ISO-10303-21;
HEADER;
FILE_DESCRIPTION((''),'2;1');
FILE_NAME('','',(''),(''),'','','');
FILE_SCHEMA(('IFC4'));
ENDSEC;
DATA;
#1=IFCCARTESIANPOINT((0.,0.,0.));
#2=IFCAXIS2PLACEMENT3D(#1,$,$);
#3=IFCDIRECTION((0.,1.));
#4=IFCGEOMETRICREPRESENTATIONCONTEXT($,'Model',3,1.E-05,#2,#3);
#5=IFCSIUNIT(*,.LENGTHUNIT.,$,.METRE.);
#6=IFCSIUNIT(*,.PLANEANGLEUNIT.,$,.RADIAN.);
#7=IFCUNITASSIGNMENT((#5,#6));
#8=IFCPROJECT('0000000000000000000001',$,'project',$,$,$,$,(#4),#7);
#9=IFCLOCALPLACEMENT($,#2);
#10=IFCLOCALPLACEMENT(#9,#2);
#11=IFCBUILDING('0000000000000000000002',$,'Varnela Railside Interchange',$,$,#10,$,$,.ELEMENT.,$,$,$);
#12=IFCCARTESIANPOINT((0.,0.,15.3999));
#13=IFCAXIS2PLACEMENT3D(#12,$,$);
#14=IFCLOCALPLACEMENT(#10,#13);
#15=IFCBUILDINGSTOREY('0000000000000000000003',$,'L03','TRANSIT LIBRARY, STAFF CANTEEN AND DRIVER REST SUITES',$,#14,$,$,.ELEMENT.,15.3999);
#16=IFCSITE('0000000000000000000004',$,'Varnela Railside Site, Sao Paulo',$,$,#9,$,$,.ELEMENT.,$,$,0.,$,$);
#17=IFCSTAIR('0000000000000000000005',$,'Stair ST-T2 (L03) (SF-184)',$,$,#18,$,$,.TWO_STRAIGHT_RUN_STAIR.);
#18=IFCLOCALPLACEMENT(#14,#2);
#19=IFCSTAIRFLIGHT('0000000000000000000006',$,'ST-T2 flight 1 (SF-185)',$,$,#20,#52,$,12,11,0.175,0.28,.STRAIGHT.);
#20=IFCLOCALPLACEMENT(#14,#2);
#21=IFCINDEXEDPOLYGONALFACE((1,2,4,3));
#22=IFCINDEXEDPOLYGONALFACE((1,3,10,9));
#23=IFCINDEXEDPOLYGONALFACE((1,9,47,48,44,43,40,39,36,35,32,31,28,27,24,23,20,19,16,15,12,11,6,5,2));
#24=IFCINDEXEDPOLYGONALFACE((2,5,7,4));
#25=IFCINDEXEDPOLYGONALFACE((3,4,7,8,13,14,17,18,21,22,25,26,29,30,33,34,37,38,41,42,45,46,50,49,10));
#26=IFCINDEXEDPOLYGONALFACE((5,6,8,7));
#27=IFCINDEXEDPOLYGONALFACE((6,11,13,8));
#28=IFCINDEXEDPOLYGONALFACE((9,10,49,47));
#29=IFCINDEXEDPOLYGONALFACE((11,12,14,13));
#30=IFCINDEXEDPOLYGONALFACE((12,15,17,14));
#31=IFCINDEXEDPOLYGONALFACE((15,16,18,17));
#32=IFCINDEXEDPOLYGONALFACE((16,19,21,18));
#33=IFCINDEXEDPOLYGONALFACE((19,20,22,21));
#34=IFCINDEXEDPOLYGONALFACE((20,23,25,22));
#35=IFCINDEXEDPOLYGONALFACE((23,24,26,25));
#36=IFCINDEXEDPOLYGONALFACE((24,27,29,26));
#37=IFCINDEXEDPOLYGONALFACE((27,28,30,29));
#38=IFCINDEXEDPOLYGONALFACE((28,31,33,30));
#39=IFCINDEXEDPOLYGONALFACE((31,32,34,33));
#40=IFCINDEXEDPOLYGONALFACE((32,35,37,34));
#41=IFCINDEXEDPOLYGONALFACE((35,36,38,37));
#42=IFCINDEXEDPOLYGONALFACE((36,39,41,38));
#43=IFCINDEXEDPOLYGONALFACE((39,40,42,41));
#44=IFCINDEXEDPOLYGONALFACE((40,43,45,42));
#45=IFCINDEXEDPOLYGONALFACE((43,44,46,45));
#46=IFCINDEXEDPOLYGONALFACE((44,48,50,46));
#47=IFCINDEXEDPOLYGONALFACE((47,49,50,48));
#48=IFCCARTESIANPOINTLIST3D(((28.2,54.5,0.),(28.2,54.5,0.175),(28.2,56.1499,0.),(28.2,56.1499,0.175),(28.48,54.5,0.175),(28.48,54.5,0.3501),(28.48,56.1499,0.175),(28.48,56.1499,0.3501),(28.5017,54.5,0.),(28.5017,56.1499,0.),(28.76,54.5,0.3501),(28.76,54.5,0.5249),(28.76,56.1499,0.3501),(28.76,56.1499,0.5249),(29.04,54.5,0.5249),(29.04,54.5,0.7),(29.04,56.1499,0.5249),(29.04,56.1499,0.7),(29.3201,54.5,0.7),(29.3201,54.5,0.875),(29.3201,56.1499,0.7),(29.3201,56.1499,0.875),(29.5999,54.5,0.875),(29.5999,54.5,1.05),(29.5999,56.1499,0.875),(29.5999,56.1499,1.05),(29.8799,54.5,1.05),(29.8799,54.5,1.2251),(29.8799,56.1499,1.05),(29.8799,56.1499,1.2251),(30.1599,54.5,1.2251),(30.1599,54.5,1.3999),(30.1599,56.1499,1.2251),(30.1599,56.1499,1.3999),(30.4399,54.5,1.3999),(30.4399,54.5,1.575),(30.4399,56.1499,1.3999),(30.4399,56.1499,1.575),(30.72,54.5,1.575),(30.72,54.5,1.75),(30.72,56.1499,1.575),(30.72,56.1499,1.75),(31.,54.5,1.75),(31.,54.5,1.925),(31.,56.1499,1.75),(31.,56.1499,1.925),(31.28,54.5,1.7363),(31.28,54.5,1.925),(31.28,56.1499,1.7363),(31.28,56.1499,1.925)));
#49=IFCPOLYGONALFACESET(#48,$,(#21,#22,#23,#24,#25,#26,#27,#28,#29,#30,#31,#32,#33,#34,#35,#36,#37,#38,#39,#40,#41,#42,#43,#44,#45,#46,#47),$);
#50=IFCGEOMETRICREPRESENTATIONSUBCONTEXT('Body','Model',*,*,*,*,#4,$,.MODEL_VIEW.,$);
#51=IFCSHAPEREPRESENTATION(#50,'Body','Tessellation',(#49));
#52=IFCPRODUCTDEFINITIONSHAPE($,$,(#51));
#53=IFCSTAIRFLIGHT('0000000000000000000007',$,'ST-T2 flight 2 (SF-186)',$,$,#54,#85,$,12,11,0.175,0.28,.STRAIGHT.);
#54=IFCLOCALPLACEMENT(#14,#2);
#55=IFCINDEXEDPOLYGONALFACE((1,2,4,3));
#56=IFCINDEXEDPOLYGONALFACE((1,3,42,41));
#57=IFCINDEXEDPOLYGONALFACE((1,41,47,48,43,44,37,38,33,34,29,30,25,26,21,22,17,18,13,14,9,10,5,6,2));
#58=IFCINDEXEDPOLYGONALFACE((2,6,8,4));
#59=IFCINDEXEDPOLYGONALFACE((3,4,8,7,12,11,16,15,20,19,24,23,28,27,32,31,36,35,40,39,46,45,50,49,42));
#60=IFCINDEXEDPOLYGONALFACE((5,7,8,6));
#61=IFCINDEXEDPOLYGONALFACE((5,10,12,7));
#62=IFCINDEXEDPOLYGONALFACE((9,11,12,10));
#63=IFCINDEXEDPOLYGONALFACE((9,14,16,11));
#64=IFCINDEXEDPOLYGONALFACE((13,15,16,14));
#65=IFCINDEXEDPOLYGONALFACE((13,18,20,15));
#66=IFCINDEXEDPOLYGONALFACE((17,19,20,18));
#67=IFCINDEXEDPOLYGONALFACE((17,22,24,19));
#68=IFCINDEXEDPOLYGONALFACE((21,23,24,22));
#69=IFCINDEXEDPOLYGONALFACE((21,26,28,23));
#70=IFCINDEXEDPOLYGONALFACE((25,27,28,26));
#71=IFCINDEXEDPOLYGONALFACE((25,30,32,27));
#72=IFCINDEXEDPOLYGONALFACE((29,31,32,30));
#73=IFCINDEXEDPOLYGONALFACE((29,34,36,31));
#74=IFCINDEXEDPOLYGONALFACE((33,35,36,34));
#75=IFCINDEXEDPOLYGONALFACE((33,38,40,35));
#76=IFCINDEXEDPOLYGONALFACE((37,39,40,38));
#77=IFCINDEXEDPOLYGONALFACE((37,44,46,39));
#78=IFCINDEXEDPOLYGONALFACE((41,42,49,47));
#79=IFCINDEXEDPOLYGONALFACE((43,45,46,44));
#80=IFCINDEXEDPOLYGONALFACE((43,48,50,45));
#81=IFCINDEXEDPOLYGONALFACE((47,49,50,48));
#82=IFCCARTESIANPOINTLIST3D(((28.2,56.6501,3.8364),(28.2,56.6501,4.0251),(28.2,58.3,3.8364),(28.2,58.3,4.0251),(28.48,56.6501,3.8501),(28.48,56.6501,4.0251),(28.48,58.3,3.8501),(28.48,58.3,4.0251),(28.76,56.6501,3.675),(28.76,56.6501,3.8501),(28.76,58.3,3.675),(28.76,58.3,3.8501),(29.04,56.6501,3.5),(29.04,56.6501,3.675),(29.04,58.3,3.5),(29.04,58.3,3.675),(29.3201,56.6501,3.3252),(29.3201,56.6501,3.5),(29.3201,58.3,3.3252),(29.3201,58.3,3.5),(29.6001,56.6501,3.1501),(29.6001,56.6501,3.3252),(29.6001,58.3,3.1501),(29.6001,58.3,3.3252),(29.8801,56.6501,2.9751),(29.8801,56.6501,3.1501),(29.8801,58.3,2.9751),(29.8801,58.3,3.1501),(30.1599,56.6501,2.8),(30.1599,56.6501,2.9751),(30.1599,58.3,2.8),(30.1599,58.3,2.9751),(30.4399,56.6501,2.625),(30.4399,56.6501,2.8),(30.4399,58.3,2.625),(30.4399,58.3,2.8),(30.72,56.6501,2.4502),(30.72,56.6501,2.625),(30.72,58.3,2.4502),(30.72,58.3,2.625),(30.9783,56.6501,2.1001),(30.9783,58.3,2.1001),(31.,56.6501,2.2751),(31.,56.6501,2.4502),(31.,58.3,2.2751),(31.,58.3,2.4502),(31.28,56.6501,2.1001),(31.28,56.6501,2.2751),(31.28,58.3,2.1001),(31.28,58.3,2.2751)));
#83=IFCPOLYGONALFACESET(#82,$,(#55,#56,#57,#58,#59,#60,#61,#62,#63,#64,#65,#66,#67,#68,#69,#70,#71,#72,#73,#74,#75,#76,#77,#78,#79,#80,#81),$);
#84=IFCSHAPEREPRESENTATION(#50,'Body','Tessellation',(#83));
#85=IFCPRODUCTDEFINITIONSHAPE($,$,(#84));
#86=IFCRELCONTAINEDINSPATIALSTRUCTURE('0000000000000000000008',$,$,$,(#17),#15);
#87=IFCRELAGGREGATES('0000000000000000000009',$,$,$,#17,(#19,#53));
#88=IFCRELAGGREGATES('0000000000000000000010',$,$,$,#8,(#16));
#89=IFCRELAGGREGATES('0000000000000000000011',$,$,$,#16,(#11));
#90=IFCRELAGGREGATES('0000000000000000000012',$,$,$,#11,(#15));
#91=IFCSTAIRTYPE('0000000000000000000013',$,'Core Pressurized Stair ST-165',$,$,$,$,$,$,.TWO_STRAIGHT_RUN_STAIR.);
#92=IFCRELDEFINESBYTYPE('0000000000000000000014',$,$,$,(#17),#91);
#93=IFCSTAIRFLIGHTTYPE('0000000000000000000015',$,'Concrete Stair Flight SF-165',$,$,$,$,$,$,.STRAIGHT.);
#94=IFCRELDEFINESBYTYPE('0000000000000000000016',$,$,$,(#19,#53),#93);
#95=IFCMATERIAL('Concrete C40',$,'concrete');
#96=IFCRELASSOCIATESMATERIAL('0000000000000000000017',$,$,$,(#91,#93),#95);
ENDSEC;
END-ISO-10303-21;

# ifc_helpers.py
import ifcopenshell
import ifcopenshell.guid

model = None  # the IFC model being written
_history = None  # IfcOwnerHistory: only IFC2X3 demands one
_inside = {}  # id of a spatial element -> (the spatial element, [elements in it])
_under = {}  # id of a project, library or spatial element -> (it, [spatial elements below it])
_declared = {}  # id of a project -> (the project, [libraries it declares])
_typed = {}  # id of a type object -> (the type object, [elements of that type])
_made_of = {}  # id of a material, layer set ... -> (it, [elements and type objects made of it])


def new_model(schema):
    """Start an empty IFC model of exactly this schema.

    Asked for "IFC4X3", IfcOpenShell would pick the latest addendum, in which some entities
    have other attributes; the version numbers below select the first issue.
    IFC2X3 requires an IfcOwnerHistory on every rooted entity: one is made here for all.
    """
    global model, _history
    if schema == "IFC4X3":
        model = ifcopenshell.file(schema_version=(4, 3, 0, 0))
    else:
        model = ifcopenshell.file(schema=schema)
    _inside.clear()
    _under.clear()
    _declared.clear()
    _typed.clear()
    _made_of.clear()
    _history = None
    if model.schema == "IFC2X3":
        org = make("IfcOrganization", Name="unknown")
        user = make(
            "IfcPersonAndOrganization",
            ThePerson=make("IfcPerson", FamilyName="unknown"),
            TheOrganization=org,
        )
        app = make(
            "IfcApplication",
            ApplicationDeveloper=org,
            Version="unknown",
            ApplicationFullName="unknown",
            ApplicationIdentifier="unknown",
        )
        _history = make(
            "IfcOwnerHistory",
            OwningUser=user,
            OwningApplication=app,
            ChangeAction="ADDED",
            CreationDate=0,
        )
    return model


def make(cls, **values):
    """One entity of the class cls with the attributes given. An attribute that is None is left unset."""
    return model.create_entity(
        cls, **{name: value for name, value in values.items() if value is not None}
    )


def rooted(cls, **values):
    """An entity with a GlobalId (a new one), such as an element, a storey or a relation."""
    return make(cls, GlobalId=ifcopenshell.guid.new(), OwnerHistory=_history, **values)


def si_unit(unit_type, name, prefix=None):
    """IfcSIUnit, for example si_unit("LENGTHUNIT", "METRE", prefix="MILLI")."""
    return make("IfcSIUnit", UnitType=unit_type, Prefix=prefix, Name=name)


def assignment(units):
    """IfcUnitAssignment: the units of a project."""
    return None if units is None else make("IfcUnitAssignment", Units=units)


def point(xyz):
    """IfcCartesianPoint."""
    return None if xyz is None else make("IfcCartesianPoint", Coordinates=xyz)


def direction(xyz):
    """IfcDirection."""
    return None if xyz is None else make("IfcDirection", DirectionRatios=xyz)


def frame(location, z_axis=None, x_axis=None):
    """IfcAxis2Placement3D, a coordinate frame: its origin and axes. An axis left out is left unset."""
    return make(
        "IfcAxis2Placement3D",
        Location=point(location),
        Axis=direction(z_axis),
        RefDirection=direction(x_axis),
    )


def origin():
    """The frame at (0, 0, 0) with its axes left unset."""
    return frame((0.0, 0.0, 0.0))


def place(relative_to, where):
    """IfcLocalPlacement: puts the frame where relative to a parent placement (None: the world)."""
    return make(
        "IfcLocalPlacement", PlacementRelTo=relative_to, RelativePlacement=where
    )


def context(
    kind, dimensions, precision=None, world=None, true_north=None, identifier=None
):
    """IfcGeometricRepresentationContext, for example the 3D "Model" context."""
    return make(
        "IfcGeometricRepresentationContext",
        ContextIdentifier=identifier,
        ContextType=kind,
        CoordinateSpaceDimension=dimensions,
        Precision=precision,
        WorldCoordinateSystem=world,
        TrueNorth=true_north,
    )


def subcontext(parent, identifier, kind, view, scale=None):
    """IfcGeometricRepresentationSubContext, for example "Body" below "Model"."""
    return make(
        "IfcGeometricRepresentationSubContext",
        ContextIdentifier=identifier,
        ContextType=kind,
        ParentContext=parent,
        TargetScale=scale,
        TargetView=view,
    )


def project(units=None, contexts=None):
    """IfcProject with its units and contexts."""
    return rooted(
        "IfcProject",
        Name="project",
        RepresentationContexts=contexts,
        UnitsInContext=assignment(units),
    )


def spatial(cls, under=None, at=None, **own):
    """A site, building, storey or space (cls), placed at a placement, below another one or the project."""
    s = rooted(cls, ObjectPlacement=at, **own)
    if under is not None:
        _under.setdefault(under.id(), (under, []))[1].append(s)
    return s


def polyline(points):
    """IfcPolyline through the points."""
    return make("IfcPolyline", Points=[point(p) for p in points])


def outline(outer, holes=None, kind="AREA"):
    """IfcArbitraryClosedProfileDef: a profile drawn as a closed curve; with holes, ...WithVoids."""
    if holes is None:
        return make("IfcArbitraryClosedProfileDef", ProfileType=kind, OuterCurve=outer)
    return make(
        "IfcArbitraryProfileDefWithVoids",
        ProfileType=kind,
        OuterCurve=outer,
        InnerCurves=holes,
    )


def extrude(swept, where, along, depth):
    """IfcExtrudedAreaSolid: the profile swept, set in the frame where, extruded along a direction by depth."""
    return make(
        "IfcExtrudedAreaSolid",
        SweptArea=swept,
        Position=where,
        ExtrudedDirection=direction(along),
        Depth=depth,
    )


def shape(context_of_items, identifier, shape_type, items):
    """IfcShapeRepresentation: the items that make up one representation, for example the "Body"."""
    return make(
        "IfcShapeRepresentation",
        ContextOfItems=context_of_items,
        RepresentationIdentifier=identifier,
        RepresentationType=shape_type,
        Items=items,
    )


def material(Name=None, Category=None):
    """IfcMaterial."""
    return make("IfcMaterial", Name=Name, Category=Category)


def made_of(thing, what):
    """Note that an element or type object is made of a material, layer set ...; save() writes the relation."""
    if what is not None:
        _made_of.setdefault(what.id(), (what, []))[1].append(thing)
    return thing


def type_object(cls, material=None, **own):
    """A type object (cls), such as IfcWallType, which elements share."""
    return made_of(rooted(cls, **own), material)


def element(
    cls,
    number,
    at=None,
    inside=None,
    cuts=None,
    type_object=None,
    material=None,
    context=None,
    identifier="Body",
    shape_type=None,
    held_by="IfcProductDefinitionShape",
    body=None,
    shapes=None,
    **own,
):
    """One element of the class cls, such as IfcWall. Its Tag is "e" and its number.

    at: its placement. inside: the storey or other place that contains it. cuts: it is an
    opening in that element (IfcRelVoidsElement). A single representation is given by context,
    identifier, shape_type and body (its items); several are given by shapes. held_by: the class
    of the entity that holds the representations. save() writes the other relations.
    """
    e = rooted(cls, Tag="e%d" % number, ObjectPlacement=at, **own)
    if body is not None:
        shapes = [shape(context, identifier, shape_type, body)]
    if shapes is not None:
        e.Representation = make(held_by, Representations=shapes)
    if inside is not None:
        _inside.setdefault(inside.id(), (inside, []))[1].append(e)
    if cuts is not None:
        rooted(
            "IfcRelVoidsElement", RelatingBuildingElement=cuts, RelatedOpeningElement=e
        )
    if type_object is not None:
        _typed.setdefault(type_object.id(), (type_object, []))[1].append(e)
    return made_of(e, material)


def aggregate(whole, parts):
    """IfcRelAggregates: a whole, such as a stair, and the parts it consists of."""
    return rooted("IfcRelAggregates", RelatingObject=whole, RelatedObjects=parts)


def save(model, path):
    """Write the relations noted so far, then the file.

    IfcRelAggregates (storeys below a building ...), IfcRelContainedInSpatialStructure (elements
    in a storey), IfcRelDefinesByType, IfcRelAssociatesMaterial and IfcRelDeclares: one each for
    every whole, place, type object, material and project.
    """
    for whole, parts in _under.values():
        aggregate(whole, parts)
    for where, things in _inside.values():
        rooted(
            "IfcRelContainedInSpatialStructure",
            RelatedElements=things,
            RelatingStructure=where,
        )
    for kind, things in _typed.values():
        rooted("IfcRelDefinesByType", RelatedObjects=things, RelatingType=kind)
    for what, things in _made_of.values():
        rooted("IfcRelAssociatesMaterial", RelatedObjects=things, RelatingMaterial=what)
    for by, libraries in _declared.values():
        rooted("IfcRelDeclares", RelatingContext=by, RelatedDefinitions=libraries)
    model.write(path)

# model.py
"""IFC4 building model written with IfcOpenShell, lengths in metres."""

from ifc_helpers import new_model, si_unit, direction, frame, origin, place, context, subcontext, project, spatial, polyline, outline, extrude, material, type_object, element, aggregate, save


model = new_model("IFC4")

# Units and contexts
model_context = context("Model", 3, precision=1e-05, world=origin(), true_north=direction((0.0, 1.0)))
body_context = subcontext(model_context, "Body", "Model", "MODEL_VIEW")
ifc_project = project(units=[si_unit("LENGTHUNIT", "METRE"), si_unit("PLANEANGLEUNIT", "RADIAN")], contexts=[model_context])

# Site, building, storey
site_placement = place(None, origin())
site = spatial("IfcSite", under=ifc_project, at=site_placement, Name="Varnela Railside Site, Sao Paulo", CompositionType="ELEMENT", RefElevation=0.0)
building_placement = place(site_placement, origin())
building = spatial("IfcBuilding", under=site, at=building_placement, Name="Varnela Railside Interchange", CompositionType="ELEMENT")
storey_placement = place(building_placement, frame((0.0, 0.0, 15.3999)))
storey = spatial("IfcBuildingStorey", under=building, at=storey_placement, Name="L03", Description="TRANSIT LIBRARY, STAFF CANTEEN AND DRIVER REST SUITES", CompositionType="ELEMENT", Elevation=15.3999)

# Shared definitions
ifc_material_1 = material(Name="Concrete C40", Category="concrete")

# Stair, stair flights
stair_type = type_object("IfcStairType", Name="Core Pressurized Stair ST-165", PredefinedType="TWO_STRAIGHT_RUN_STAIR", material=ifc_material_1)
stair_placement = place(storey_placement, origin())
stair = element("IfcStair", 1, at=stair_placement, inside=storey, type_object=stair_type, Name="Stair ST-T2 (L03) (SF-184)", PredefinedType="TWO_STRAIGHT_RUN_STAIR")
stair_flight_type = type_object("IfcStairFlightType", Name="Concrete Stair Flight SF-165", PredefinedType="STRAIGHT", material=ifc_material_1)
stair_flight_1_placement = place(storey_placement, frame((28.2, 55.325, 0.0), z_axis=(0.0, 0.0, 1.0), x_axis=(1.0, 0.0, 0.0)))
stair_flight_1 = element("IfcStairFlight", 2, at=stair_flight_1_placement, type_object=stair_flight_type, Name="ST-T2 flight 1 (SF-185)", NumberOfRisers=12, NumberOfTreads=11, PredefinedType="STRAIGHT", RiserHeight=0.175, TreadLength=0.28, context=body_context, shape_type="SweptSolid", body=[
    extrude(outline(polyline([(0.0, 0.0), (0.0, 0.175), (0.28, 0.175), (0.28, 0.3501), (0.5601, 0.3501), (0.5601, 0.5249), (0.8401, 0.5249), (0.8401, 0.7), (1.1201, 0.7), (1.1201, 0.875), (1.3999, 0.875), (1.3999, 1.05), (1.6799, 1.05), (1.6799, 1.2251), (1.96, 1.2251), (1.96, 1.3999), (2.24, 1.3999), (2.24, 1.575), (2.52, 1.575), (2.52, 1.75), (2.8, 1.75), (2.8, 1.925), (3.0801, 1.925), (3.0801, 2.1001), (3.0801, 1.7363), (0.3018, 0.0), (0.0, 0.0)])), frame((0.0, 0.825, 0.0), z_axis=(0.0, -1.0, 0.0), x_axis=(1.0, 0.0, 0.0)), (0.0, 0.0, 1.0), 1.6499),
])
stair_flight_2_placement = place(storey_placement, frame((31.28, 57.4751, 2.1001), z_axis=(0.0, 0.0, 1.0), x_axis=(-1.0, 0.0, 0.0)))
stair_flight_2 = element("IfcStairFlight", 3, at=stair_flight_2_placement, type_object=stair_flight_type, Name="ST-T2 flight 2 (SF-186)", NumberOfRisers=12, NumberOfTreads=11, PredefinedType="STRAIGHT", RiserHeight=0.175, TreadLength=0.28, context=body_context, shape_type="SweptSolid", body=[
    extrude(outline(polyline([(0.0, 0.0), (0.0, 0.175), (0.28, 0.175), (0.28, 0.3501), (0.5601, 0.3501), (0.5601, 0.5249), (0.8401, 0.5249), (0.8401, 0.7), (1.1201, 0.7), (1.1201, 0.875), (1.3999, 0.875), (1.3999, 1.05), (1.6799, 1.05), (1.6799, 1.2251), (1.96, 1.2251), (1.96, 1.3999), (2.24, 1.3999), (2.24, 1.575), (2.52, 1.575), (2.52, 1.75), (2.8, 1.75), (2.8, 1.925), (3.0801, 1.925), (3.0801, 2.1001), (3.0801, 1.7363), (0.3018, 0.0), (0.0, 0.0)])), frame((0.0, 0.825, 0.0), z_axis=(0.0, -1.0, 0.0), x_axis=(1.0, 0.0, 0.0)), (0.0, 0.0, 1.0), 1.6499),
])
aggregate(stair, [stair_flight_1, stair_flight_2])

save(model, "model.ifc")
